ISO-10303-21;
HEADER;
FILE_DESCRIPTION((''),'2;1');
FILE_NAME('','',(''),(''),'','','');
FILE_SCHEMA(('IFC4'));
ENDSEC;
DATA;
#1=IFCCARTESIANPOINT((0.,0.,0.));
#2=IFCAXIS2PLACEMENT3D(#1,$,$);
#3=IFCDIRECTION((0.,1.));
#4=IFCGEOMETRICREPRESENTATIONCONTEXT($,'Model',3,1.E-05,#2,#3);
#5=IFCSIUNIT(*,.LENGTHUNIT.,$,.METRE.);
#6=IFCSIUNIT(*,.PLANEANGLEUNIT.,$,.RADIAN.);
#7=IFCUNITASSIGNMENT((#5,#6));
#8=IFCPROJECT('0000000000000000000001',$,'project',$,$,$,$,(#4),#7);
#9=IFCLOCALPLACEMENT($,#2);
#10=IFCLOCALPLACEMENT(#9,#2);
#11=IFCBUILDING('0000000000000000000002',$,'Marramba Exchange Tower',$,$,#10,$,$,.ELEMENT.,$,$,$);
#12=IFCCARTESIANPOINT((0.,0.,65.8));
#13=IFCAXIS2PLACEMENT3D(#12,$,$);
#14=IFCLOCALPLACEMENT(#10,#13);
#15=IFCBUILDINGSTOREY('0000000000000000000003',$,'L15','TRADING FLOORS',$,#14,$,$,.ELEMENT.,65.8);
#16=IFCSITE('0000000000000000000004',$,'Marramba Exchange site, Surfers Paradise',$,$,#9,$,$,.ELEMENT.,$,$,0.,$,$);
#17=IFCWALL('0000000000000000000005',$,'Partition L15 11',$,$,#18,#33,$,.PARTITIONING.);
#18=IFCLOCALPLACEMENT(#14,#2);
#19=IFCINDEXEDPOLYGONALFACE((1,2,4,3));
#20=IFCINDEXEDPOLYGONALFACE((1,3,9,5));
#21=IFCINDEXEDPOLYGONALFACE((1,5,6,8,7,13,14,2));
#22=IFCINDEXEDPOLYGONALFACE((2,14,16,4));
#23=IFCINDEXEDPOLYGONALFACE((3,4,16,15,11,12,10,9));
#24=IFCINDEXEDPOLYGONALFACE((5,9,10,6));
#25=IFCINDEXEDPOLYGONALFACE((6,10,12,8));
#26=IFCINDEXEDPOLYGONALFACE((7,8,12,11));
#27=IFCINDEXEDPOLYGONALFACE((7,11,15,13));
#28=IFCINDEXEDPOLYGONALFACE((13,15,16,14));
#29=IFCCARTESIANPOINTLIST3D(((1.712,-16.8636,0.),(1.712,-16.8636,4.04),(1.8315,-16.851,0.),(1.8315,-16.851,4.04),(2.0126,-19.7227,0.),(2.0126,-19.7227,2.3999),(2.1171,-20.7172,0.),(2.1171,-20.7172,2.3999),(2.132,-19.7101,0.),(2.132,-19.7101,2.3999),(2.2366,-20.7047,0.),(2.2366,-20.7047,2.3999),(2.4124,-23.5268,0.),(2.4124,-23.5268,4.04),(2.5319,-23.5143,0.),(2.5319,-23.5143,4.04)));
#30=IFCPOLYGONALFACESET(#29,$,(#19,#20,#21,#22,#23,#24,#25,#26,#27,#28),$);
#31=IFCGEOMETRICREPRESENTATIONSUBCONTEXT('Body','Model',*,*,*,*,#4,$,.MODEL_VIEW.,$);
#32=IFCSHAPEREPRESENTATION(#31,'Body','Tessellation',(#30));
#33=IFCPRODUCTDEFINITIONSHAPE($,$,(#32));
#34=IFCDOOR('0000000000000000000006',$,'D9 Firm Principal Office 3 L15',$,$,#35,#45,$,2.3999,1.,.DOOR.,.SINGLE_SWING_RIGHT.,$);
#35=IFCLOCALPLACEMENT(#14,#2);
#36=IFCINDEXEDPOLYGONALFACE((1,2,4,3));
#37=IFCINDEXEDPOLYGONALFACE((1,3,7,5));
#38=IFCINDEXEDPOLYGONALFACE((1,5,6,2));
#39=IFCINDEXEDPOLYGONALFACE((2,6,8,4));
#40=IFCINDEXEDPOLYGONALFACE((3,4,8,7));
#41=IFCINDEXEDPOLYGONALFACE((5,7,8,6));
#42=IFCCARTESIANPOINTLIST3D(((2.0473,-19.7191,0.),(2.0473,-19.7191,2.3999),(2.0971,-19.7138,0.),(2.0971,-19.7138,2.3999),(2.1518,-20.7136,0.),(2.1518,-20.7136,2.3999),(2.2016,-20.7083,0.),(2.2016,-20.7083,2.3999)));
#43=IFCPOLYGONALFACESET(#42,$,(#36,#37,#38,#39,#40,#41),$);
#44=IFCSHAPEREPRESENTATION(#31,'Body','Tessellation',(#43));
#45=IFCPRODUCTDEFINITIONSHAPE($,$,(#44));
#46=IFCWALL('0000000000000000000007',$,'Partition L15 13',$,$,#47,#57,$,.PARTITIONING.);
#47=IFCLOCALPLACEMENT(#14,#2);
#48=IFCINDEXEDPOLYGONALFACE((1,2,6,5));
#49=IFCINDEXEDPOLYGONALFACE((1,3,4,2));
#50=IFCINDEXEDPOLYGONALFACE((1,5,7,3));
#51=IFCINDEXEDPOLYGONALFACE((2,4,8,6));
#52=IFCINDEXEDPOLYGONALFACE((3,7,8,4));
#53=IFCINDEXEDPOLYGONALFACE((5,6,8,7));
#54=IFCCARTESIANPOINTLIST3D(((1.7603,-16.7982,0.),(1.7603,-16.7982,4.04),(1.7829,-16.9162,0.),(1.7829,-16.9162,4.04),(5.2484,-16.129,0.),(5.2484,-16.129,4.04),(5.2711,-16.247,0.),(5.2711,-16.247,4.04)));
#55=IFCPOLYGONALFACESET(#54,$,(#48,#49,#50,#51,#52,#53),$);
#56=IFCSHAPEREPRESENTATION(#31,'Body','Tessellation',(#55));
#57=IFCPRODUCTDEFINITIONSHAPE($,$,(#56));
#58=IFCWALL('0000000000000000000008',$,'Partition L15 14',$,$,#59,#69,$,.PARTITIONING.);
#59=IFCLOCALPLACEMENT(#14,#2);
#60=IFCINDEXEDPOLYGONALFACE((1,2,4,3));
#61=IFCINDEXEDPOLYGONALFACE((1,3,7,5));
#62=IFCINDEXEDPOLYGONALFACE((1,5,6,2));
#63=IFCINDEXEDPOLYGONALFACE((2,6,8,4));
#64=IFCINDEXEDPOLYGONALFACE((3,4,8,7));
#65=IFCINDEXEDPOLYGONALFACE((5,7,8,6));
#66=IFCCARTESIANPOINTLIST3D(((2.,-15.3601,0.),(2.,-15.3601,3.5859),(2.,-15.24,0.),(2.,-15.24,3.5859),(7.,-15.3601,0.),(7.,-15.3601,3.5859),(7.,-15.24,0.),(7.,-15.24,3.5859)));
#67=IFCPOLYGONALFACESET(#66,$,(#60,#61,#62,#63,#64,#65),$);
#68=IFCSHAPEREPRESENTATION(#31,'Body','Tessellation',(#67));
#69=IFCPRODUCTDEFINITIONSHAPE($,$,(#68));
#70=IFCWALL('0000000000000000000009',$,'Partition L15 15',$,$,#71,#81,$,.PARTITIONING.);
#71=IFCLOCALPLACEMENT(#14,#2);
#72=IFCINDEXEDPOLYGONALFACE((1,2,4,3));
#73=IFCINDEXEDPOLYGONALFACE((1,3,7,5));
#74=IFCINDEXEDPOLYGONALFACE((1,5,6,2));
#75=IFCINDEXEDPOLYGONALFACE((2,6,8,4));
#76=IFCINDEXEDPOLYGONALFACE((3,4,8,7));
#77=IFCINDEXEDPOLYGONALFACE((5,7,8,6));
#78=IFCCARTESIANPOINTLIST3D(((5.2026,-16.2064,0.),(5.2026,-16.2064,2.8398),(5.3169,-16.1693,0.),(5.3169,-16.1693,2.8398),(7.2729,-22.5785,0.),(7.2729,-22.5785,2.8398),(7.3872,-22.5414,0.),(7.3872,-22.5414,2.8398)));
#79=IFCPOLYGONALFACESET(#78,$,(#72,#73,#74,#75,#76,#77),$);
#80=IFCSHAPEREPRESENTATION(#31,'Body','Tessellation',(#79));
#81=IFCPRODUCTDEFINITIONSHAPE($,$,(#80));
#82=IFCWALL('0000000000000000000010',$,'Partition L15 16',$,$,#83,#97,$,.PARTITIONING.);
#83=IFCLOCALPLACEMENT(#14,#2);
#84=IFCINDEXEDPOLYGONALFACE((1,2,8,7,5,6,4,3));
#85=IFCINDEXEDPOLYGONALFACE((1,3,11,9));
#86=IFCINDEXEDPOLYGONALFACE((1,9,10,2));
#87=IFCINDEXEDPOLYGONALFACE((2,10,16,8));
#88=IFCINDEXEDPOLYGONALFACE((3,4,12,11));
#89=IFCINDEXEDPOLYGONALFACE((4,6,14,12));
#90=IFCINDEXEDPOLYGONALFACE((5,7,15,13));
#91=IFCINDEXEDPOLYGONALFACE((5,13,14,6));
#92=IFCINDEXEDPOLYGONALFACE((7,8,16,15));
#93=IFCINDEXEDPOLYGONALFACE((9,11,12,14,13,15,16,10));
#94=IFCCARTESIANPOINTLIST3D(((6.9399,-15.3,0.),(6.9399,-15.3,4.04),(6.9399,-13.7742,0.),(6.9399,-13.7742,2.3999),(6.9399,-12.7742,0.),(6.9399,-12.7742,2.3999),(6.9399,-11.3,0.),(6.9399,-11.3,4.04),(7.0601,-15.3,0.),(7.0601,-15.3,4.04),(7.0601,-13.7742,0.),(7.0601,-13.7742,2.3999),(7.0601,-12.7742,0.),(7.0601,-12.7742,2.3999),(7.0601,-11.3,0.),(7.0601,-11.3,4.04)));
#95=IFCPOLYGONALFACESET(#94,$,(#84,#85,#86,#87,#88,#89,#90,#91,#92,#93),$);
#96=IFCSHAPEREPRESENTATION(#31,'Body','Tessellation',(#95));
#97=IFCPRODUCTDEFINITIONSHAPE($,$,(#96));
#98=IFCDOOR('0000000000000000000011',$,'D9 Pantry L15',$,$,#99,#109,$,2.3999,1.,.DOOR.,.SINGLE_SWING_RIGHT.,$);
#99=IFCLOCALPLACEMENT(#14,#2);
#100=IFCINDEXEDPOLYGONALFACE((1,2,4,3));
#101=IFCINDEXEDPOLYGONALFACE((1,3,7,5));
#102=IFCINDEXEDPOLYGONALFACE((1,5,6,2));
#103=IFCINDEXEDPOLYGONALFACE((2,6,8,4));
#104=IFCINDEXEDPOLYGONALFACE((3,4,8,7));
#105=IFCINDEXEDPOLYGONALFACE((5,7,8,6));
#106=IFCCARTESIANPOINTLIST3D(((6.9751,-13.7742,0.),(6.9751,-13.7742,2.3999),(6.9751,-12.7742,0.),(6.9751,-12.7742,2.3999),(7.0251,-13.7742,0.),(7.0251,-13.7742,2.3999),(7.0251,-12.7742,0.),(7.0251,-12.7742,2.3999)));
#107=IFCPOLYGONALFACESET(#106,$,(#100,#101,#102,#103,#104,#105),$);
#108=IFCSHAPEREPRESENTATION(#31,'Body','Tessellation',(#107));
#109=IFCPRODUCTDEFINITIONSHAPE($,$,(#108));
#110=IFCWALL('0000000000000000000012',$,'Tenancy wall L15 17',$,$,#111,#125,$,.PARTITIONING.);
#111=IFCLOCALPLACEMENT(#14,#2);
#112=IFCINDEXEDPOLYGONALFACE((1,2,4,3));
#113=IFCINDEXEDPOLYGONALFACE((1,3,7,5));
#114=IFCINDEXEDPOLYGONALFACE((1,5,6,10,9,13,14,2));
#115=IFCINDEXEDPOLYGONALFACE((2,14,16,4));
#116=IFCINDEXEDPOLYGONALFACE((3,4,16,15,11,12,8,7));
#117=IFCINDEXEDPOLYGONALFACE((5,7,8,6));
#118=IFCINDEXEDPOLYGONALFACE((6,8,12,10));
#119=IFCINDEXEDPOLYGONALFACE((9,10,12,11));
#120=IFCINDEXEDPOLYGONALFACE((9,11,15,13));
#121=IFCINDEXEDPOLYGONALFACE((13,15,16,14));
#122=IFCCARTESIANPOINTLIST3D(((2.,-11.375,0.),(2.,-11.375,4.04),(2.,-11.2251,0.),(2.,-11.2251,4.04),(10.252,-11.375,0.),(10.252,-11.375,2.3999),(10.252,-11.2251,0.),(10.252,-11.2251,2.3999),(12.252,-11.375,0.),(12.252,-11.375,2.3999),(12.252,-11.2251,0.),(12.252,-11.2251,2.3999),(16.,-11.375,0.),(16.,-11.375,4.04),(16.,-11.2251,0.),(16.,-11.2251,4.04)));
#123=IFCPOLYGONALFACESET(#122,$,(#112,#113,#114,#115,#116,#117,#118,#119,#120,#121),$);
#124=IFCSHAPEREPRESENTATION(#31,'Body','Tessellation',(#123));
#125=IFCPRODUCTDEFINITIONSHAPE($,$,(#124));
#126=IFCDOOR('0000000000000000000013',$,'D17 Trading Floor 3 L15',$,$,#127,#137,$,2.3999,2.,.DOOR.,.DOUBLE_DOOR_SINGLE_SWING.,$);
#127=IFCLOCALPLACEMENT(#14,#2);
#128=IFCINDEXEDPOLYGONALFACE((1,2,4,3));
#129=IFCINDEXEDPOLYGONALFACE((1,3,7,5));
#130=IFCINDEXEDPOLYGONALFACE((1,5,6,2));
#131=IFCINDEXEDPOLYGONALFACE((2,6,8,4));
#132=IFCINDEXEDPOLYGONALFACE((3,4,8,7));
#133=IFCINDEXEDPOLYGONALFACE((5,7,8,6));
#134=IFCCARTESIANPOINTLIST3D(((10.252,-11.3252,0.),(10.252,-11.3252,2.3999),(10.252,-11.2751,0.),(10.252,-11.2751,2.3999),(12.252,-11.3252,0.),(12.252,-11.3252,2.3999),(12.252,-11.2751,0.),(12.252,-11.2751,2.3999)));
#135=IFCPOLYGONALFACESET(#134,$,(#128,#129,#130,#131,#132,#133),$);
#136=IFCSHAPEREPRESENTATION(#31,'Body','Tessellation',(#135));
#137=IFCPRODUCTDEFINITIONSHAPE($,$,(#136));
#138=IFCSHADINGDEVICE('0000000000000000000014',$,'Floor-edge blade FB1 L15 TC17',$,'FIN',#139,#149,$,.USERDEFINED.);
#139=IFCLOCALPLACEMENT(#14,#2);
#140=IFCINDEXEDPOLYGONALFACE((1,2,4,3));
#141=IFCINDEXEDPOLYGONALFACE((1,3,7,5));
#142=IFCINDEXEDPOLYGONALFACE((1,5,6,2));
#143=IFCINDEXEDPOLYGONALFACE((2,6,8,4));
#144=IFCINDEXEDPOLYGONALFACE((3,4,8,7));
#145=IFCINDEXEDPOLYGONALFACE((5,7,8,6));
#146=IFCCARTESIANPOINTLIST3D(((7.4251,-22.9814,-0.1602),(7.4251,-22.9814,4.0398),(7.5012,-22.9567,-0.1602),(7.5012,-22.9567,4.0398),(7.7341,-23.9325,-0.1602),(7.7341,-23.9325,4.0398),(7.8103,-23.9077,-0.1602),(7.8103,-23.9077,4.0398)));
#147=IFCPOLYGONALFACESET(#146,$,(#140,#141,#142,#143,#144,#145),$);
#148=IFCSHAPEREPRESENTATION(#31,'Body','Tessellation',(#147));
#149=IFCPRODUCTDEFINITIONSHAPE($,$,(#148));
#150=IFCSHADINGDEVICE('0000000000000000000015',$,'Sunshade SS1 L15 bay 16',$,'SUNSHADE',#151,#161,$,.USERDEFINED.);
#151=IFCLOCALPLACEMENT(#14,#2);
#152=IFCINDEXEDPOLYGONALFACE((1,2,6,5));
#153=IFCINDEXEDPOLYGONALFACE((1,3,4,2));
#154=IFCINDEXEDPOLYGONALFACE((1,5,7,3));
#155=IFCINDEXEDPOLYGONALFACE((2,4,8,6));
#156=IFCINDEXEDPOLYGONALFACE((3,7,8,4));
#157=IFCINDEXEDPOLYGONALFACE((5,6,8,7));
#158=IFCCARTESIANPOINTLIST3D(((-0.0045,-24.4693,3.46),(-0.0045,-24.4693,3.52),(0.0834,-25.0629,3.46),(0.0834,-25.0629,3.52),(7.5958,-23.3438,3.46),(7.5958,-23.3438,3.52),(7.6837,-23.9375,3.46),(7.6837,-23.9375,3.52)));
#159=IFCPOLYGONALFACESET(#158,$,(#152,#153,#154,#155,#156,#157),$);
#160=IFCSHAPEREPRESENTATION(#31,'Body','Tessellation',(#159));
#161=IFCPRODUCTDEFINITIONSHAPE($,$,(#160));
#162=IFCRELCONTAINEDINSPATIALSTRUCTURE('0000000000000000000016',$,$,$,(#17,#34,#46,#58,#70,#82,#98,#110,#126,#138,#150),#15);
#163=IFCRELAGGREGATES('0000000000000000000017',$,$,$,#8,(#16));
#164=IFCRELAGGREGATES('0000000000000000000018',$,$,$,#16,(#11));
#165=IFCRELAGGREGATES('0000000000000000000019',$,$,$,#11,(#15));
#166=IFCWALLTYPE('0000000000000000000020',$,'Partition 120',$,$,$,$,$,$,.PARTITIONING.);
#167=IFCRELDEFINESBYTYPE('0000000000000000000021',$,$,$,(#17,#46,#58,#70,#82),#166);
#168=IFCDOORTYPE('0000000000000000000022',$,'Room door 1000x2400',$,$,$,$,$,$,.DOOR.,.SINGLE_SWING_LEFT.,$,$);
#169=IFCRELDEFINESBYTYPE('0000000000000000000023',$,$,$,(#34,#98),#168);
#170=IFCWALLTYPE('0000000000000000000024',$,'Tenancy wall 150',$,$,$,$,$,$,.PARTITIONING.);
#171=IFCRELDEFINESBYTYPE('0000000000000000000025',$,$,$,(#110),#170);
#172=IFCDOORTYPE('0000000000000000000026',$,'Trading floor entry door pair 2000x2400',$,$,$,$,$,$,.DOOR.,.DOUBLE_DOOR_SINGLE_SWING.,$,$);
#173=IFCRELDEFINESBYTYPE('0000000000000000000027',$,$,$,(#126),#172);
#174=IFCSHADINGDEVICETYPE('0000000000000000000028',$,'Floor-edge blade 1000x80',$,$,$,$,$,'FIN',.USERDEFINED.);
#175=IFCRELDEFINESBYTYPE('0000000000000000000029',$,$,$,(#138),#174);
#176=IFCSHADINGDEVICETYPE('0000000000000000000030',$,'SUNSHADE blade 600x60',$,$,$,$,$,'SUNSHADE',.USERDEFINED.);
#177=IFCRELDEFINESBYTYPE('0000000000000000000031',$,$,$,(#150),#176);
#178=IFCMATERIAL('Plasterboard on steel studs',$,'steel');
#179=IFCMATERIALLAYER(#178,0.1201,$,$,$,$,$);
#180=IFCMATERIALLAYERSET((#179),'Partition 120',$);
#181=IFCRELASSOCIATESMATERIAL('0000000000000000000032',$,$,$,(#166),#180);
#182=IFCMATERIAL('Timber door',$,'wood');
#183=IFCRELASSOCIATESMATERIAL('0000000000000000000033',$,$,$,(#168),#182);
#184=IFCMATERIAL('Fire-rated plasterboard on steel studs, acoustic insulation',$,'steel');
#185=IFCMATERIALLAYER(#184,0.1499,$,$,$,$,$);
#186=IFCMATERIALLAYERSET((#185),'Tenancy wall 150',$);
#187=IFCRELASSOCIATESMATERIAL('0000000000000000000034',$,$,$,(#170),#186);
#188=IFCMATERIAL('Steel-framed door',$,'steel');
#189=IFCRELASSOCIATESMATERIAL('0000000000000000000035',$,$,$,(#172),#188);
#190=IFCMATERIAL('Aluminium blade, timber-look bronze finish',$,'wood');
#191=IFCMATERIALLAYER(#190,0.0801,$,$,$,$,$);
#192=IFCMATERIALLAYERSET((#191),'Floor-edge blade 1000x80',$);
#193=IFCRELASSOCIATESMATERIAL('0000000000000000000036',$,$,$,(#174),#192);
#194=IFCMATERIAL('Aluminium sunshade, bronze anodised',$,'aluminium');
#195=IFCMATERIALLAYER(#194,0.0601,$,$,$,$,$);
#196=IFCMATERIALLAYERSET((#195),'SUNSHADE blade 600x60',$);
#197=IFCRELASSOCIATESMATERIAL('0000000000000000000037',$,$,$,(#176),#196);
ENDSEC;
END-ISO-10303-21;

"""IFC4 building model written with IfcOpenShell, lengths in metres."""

from ifc_helpers import new_model, si_unit, direction, frame, frame_2d, origin, origin_2d, place, context, subcontext, project, spatial, rectangle, extrude, material, layer, layer_set, type_object, element, fill, save


model = new_model("IFC4")

# Units and contexts
model_context = context("Model", 3, precision=1e-05, world=origin(), true_north=direction((0.0, 1.0)))
body_context = subcontext(model_context, "Body", "Model", "MODEL_VIEW")
ifc_project = project(units=[si_unit("LENGTHUNIT", "METRE"), si_unit("PLANEANGLEUNIT", "RADIAN")], contexts=[model_context])

# Site, building, storey
site_placement = place(None, origin())
site = spatial("IfcSite", under=ifc_project, at=site_placement, Name="Marramba Exchange site, Surfers Paradise", CompositionType="ELEMENT", RefElevation=0.0)
building_placement = place(site_placement, origin())
building = spatial("IfcBuilding", under=site, at=building_placement, Name="Marramba Exchange Tower", CompositionType="ELEMENT")
storey_placement = place(building_placement, frame((0.0, 0.0, 65.8)))
storey = spatial("IfcBuildingStorey", under=building, at=storey_placement, Name="L15", Description="TRADING FLOORS", CompositionType="ELEMENT", Elevation=65.8)

# Wall, opening, door
ifc_material_1 = material(Name="Plasterboard on steel studs", Category="steel")
ifc_layer_1 = layer(ifc_material_1, 0.1201)
ifc_layer_set_1 = layer_set([ifc_layer_1], Name="Partition 120")
wall_type_1 = type_object("IfcWallType", Name="Partition 120", PredefinedType="PARTITIONING", material=ifc_layer_set_1)
wall_1_placement = place(storey_placement, frame((1.7717, -16.8572, 0.0), z_axis=(0.0, 0.0, 1.0), x_axis=(0.104543, -0.99452, 0.0)))
wall_1 = element("IfcWall", 1, at=wall_1_placement, inside=storey, type_object=wall_type_1, Name="Partition L15 11", PredefinedType="PARTITIONING", context=body_context, shape_type="SweptSolid", body=[
    extrude(rectangle(XDim=6.7, YDim=0.1201, at=frame_2d((3.3501, 0.0))), origin(), (0.0, 0.0, 1.0), 4.04),
])
opening_1_placement = place(wall_1_placement, frame((2.875, 0.0, 0.0)))
opening_1 = element("IfcOpeningElement", 2, at=opening_1_placement, cuts=wall_1, PredefinedType="OPENING", context=body_context, shape_type="SweptSolid", body=[
    extrude(rectangle(XDim=1.0, YDim=2.3999, at=frame_2d((0.5, 1.2))), frame((0.0, 0.0701, 0.0), z_axis=(0.0, -1.0, 0.0), x_axis=(1.0, 0.0, 0.0)), (0.0, 0.0, 1.0), 0.1401),
])
ifc_material_2 = material(Name="Timber door", Category="wood")
door_type_1 = type_object("IfcDoorType", Name="Room door 1000x2400", OperationType="SINGLE_SWING_LEFT", PredefinedType="DOOR", material=ifc_material_2)
door_1_placement = place(opening_1_placement, origin())
door_1 = element("IfcDoor", 3, at=door_1_placement, inside=storey, type_object=door_type_1, Name="D9 Firm Principal Office 3 L15", OperationType="SINGLE_SWING_RIGHT", OverallHeight=2.3999, OverallWidth=1.0, PredefinedType="DOOR", context=body_context, shape_type="SweptSolid", body=[
    extrude(rectangle(XDim=1.0, YDim=2.3999, at=frame_2d((0.5, 1.2))), frame((0.0, 0.0249, 0.0), z_axis=(0.0, -1.0, 0.0), x_axis=(1.0, 0.0, 0.0)), (0.0, 0.0, 1.0), 0.05),
])
fill(opening_1, door_1)

# Walls
wall_2_placement = place(storey_placement, frame((5.2598, -16.188, 0.0), z_axis=(0.0, 0.0, 1.0), x_axis=(-0.982089, -0.188416, 0.0)))
element("IfcWall", 4, at=wall_2_placement, inside=storey, type_object=wall_type_1, Name="Partition L15 13", PredefinedType="PARTITIONING", context=body_context, shape_type="SweptSolid", body=[
    extrude(rectangle(XDim=3.5518, YDim=0.1201, at=frame_2d((1.7759, 0.0))), origin(), (0.0, 0.0, 1.0), 4.04),
])
wall_3_placement = place(storey_placement, frame((2.0, -15.3, 0.0), z_axis=(0.0, 0.0, 1.0), x_axis=(1.0, 0.0, 0.0)))
element("IfcWall", 5, at=wall_3_placement, inside=storey, type_object=wall_type_1, Name="Partition L15 14", PredefinedType="PARTITIONING", context=body_context, shape_type="SweptSolid", body=[
    extrude(rectangle(XDim=5.0, YDim=0.1201, at=frame_2d((2.5, 0.0))), origin(), (0.0, 0.0, 1.0), 3.5859),
])
wall_4_placement = place(storey_placement, frame((7.3301, -22.5601, 0.0), z_axis=(0.0, 0.0, 1.0), x_axis=(-0.309004, 0.951061, 0.0)))
element("IfcWall", 6, at=wall_4_placement, inside=storey, type_object=wall_type_1, Name="Partition L15 15", PredefinedType="PARTITIONING", context=body_context, shape_type="SweptSolid", body=[
    extrude(rectangle(XDim=6.7, YDim=0.1201, at=frame_2d((3.3501, 0.0))), origin(), (0.0, 0.0, 1.0), 2.8398),
])

# Walls, openings, doors
wall_5_placement = place(storey_placement, frame((7.0, -15.3, 0.0), z_axis=(0.0, 0.0, 1.0), x_axis=(0.0, 1.0, 0.0)))
wall_5 = element("IfcWall", 7, at=wall_5_placement, inside=storey, type_object=wall_type_1, Name="Partition L15 16", PredefinedType="PARTITIONING", context=body_context, shape_type="SweptSolid", body=[
    extrude(rectangle(XDim=4.0, YDim=0.1201, at=frame_2d((2.0, 0.0))), origin(), (0.0, 0.0, 1.0), 4.04),
])
opening_2_placement = place(wall_5_placement, frame((1.5259, 0.0, 0.0)))
opening_2 = element("IfcOpeningElement", 8, at=opening_2_placement, cuts=wall_5, PredefinedType="OPENING", context=body_context, shape_type="SweptSolid", body=[
    extrude(rectangle(XDim=1.0, YDim=2.3999, at=frame_2d((0.5, 1.2))), frame((0.0, 0.0701, 0.0), z_axis=(0.0, -1.0, 0.0), x_axis=(1.0, 0.0, 0.0)), (0.0, 0.0, 1.0), 0.1401),
])
door_2_placement = place(opening_2_placement, origin())
door_2 = element("IfcDoor", 9, at=door_2_placement, inside=storey, type_object=door_type_1, Name="D9 Pantry L15", OperationType="SINGLE_SWING_RIGHT", OverallHeight=2.3999, OverallWidth=1.0, PredefinedType="DOOR", context=body_context, shape_type="SweptSolid", body=[
    extrude(rectangle(XDim=1.0, YDim=2.3999, at=frame_2d((0.5, 1.2))), frame((0.0, 0.0249, 0.0), z_axis=(0.0, -1.0, 0.0), x_axis=(1.0, 0.0, 0.0)), (0.0, 0.0, 1.0), 0.05),
])
fill(opening_2, door_2)
ifc_material_3 = material(Name="Fire-rated plasterboard on steel studs, acoustic insulation", Category="steel")
ifc_layer_2 = layer(ifc_material_3, 0.1499)
ifc_layer_set_2 = layer_set([ifc_layer_2], Name="Tenancy wall 150")
wall_type_2 = type_object("IfcWallType", Name="Tenancy wall 150", PredefinedType="PARTITIONING", material=ifc_layer_set_2)
wall_6_placement = place(storey_placement, frame((2.0, -11.3, 0.0), z_axis=(0.0, 0.0, 1.0), x_axis=(1.0, 0.0, 0.0)))
wall_6 = element("IfcWall", 10, at=wall_6_placement, inside=storey, type_object=wall_type_2, Name="Tenancy wall L15 17", PredefinedType="PARTITIONING", context=body_context, shape_type="SweptSolid", body=[
    extrude(rectangle(XDim=14.0, YDim=0.1499, at=frame_2d((7.0, 0.0))), origin(), (0.0, 0.0, 1.0), 4.04),
])
opening_3_placement = place(wall_6_placement, frame((8.252, 0.0, 0.0)))
opening_3 = element("IfcOpeningElement", 11, at=opening_3_placement, cuts=wall_6, PredefinedType="OPENING", context=body_context, shape_type="SweptSolid", body=[
    extrude(rectangle(XDim=2.0, YDim=2.3999, at=frame_2d((1.0, 1.2))), frame((0.0, 0.085, 0.0), z_axis=(0.0, -1.0, 0.0), x_axis=(1.0, 0.0, 0.0)), (0.0, 0.0, 1.0), 0.1699),
])
ifc_material_4 = material(Name="Steel-framed door", Category="steel")
door_type_2 = type_object("IfcDoorType", Name="Trading floor entry door pair 2000x2400", OperationType="DOUBLE_DOOR_SINGLE_SWING", PredefinedType="DOOR", material=ifc_material_4)
door_3_placement = place(opening_3_placement, origin())
door_3 = element("IfcDoor", 12, at=door_3_placement, inside=storey, type_object=door_type_2, Name="D17 Trading Floor 3 L15", OperationType="DOUBLE_DOOR_SINGLE_SWING", OverallHeight=2.3999, OverallWidth=2.0, PredefinedType="DOOR", context=body_context, shape_type="SweptSolid", body=[
    extrude(rectangle(XDim=2.0, YDim=2.3999, at=frame_2d((1.0, 1.2))), frame((0.0, 0.0249, 0.0), z_axis=(0.0, -1.0, 0.0), x_axis=(1.0, 0.0, 0.0)), (0.0, 0.0, 1.0), 0.05),
])
fill(opening_3, door_3)

# Shading devices
ifc_material_5 = material(Name="Aluminium blade, timber-look bronze finish", Category="wood")
ifc_layer_3 = layer(ifc_material_5, 0.0801)
ifc_layer_set_3 = layer_set([ifc_layer_3], Name="Floor-edge blade 1000x80")
shading_device_type_1 = type_object("IfcShadingDeviceType", Name="Floor-edge blade 1000x80", ElementType="FIN", PredefinedType="USERDEFINED", material=ifc_layer_set_3)
shading_device_1_placement = place(storey_placement, frame((7.6177, -23.4446, -0.1602), z_axis=(0.0, 0.0, 1.0), x_axis=(0.309017, -0.951057, 0.0)))
element("IfcShadingDevice", 13, at=shading_device_1_placement, inside=storey, type_object=shading_device_type_1, Name="Floor-edge blade FB1 L15 TC17", ObjectType="FIN", PredefinedType="USERDEFINED", context=body_context, shape_type="SweptSolid", body=[
    extrude(rectangle(XDim=1.0, YDim=0.0801, at=origin_2d()), origin(), (0.0, 0.0, 1.0), 4.2),
])
ifc_material_6 = material(Name="Aluminium sunshade, bronze anodised", Category="aluminium")
ifc_layer_4 = layer(ifc_material_6, 0.0601)
ifc_layer_set_4 = layer_set([ifc_layer_4], Name="SUNSHADE blade 600x60")
shading_device_type_2 = type_object("IfcShadingDeviceType", Name="SUNSHADE blade 600x60", ElementType="SUNSHADE", PredefinedType="USERDEFINED", material=ifc_layer_set_4)
shading_device_2_placement = place(storey_placement, frame((3.8396, -24.2034, 3.46), z_axis=(0.0, 0.0, 1.0), x_axis=(0.989213, 0.146485, 0.0)))
element("IfcShadingDevice", 14, at=shading_device_2_placement, inside=storey, type_object=shading_device_type_2, Name="Sunshade SS1 L15 bay 16", ObjectType="SUNSHADE", PredefinedType="USERDEFINED", context=body_context, shape_type="SweptSolid", body=[
    extrude(rectangle(XDim=7.6831, YDim=0.6001, at=origin_2d()), origin(), (0.0, 0.0, 1.0), 0.0601),
])

save(model, "model.ifc")
